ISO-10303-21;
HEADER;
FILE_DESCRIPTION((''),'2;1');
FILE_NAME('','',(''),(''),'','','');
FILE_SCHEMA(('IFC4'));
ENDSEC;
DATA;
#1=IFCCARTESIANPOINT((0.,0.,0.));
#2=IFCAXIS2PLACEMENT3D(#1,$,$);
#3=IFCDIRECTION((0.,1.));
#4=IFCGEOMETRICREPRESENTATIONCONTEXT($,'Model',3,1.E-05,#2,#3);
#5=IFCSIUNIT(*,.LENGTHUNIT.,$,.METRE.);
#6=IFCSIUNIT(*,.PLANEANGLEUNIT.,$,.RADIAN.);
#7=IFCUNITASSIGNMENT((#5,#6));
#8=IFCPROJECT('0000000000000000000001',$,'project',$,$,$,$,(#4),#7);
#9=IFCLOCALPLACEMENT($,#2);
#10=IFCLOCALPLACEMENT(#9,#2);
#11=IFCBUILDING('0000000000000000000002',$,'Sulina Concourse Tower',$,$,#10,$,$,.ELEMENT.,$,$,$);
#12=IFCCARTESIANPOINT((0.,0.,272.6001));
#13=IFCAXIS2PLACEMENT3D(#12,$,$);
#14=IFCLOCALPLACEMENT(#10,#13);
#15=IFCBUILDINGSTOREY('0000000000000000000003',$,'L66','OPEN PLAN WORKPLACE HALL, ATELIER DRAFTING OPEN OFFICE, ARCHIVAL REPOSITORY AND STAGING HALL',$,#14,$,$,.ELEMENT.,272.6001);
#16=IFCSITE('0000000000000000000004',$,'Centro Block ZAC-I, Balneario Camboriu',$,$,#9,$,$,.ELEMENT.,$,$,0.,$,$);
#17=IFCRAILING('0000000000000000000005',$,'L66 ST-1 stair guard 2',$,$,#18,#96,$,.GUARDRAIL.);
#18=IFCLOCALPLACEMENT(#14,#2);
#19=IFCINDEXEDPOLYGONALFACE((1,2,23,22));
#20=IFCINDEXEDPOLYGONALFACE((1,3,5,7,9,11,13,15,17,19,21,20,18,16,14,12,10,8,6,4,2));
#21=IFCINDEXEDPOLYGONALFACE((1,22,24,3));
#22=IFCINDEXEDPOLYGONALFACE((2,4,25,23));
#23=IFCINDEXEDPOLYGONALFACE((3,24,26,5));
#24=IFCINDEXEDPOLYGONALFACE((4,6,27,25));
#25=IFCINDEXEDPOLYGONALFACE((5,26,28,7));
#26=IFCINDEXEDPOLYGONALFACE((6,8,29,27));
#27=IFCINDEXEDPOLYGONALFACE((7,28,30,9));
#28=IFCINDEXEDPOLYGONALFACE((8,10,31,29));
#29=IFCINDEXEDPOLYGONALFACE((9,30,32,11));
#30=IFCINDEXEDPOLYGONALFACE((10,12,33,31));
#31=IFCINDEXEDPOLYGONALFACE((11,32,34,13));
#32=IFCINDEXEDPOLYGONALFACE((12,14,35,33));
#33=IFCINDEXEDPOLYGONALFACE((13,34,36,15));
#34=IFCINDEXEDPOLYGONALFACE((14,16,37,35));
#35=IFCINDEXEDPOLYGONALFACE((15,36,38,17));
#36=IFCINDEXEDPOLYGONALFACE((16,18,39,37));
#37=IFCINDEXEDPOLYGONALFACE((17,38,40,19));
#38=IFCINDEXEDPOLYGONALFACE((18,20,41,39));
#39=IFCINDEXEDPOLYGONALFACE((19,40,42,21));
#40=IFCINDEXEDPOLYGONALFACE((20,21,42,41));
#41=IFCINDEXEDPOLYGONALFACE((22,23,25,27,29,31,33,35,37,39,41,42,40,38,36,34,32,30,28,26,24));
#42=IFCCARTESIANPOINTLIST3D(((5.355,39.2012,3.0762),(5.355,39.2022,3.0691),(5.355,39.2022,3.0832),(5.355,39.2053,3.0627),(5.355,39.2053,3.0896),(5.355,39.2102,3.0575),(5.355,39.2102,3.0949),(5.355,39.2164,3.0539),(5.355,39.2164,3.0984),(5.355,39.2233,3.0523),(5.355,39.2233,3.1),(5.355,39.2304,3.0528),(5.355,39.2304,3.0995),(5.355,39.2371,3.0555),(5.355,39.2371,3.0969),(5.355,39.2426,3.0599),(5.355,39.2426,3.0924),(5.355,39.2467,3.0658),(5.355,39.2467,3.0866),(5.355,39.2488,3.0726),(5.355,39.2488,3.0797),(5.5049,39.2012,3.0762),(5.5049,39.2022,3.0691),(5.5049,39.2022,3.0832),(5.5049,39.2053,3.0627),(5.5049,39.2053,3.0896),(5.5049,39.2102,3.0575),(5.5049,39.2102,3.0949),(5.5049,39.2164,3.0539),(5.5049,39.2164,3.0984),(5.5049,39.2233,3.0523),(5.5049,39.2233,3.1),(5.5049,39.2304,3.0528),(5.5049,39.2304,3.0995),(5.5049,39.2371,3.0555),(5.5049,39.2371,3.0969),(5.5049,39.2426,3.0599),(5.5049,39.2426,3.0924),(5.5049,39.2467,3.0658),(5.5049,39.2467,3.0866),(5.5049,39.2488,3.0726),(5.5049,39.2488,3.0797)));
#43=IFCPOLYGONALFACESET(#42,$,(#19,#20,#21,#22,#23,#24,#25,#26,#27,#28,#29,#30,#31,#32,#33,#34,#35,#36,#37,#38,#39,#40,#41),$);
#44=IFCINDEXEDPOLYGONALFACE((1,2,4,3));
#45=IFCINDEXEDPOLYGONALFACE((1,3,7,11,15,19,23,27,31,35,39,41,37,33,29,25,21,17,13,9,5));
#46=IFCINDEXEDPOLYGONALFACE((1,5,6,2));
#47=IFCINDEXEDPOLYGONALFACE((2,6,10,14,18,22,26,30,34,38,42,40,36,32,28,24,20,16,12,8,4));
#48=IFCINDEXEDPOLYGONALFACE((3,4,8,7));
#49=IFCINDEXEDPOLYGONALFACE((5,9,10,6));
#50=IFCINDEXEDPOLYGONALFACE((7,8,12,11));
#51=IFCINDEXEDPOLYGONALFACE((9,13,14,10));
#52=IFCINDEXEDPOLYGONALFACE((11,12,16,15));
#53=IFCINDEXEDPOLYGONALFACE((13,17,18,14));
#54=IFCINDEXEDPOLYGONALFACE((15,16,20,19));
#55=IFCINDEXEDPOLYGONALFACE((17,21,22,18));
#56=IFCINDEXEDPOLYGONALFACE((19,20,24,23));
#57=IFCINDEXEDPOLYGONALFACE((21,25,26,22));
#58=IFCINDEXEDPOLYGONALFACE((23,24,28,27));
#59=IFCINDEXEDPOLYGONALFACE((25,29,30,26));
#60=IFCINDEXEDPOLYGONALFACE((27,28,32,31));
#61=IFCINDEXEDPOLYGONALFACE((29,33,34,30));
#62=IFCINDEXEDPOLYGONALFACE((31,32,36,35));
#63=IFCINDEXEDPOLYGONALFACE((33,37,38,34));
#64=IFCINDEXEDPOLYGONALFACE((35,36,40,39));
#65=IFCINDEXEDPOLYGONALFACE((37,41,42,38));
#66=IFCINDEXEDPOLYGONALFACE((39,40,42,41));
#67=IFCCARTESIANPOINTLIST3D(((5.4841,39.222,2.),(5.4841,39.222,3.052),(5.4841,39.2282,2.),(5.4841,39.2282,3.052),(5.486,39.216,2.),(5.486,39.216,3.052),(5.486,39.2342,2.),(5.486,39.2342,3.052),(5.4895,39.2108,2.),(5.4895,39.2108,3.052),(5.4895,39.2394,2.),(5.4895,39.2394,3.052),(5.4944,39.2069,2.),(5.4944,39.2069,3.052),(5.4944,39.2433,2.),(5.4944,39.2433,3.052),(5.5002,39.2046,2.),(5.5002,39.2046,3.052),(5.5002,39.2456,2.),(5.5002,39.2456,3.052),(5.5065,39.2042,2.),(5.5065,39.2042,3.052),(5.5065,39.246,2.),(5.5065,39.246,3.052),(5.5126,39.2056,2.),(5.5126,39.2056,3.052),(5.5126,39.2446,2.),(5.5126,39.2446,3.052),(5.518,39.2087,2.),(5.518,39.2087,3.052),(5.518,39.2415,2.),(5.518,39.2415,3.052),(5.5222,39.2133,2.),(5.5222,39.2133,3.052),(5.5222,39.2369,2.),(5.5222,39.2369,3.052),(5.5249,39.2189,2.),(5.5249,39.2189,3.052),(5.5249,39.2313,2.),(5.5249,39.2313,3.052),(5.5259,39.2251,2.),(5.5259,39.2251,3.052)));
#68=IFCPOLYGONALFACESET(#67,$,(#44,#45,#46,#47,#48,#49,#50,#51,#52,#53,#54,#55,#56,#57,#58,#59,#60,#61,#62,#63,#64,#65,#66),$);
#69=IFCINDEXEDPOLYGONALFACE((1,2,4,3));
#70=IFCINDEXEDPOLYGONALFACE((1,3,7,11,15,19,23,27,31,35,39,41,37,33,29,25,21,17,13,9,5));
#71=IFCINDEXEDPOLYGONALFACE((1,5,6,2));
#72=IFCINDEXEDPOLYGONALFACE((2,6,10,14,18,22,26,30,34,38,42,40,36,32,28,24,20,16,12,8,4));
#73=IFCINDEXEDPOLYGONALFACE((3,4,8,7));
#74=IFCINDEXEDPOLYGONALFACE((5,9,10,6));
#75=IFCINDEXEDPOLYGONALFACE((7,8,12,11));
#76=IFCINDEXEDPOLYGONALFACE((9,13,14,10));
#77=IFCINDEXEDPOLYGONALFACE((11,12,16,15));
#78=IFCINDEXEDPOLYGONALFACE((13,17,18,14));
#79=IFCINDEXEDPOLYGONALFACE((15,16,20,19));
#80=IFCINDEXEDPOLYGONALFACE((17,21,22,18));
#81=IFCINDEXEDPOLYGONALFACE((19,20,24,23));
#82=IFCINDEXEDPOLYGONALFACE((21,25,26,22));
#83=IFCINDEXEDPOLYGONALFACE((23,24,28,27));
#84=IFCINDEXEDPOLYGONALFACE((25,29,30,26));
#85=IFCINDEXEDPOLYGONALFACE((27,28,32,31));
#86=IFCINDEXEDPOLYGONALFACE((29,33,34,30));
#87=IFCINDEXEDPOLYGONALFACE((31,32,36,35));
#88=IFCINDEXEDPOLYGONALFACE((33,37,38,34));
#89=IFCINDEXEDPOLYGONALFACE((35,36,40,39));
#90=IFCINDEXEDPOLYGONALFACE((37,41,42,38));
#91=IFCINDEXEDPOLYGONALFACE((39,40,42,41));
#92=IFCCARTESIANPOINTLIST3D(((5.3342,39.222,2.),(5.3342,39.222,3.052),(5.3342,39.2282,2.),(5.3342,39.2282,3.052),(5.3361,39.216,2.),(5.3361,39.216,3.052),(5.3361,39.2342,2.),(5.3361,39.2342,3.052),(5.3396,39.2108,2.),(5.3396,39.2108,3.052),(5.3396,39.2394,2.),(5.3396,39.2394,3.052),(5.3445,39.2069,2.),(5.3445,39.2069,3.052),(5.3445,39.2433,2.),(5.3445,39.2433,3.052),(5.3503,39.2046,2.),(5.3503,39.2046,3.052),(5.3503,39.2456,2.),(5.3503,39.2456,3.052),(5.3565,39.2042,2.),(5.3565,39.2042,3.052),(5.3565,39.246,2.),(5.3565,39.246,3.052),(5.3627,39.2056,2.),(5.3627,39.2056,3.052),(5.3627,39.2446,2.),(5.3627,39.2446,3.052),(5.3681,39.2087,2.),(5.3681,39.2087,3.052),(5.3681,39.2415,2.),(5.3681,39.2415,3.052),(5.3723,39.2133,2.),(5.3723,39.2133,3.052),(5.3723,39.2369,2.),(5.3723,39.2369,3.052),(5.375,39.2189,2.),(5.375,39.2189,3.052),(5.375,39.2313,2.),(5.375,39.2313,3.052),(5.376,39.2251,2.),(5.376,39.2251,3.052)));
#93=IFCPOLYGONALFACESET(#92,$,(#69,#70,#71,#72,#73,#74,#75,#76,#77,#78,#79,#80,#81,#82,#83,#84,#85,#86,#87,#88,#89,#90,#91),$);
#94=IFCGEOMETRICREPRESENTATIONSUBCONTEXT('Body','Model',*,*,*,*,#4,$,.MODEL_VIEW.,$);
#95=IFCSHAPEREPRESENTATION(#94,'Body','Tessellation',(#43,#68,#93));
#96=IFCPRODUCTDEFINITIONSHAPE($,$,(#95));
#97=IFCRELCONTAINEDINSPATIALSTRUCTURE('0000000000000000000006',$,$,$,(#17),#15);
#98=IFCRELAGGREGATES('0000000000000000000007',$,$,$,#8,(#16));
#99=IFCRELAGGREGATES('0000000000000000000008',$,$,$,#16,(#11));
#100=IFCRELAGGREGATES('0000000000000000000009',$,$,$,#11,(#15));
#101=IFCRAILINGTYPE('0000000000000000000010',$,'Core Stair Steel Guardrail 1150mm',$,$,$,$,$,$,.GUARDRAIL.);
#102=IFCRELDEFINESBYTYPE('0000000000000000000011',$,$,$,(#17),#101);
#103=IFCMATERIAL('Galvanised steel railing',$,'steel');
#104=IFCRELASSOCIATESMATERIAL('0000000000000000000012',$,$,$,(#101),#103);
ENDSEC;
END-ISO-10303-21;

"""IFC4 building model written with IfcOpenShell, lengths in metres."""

from ifc_helpers import new_model, si_unit, direction, frame, origin, origin_2d, place, context, subcontext, project, spatial, circle, extrude, material, type_object, element, save


model = new_model("IFC4")

# Units and contexts
model_context = context("Model", 3, precision=1e-05, world=origin(), true_north=direction((0.0, 1.0)))
body_context = subcontext(model_context, "Body", "Model", "MODEL_VIEW")
ifc_project = project(units=[si_unit("LENGTHUNIT", "METRE"), si_unit("PLANEANGLEUNIT", "RADIAN")], contexts=[model_context])

# Site, building, storey
site_placement = place(None, origin())
site = spatial("IfcSite", under=ifc_project, at=site_placement, Name="Centro Block ZAC-I, Balneario Camboriu", CompositionType="ELEMENT", RefElevation=0.0)
building_placement = place(site_placement, origin())
building = spatial("IfcBuilding", under=site, at=building_placement, Name="Sulina Concourse Tower", CompositionType="ELEMENT")
storey_placement = place(building_placement, frame((0.0, 0.0, 272.6001)))
storey = spatial("IfcBuildingStorey", under=building, at=storey_placement, Name="L66", Description="OPEN PLAN WORKPLACE HALL, ATELIER DRAFTING OPEN OFFICE, ARCHIVAL REPOSITORY AND STAGING HALL", CompositionType="ELEMENT", Elevation=272.6001)

# Railing
ifc_material_1 = material(Name="Galvanised steel railing", Category="steel")
railing_type_1 = type_object("IfcRailingType", Name="Core Stair Steel Guardrail 1150mm", PredefinedType="GUARDRAIL", material=ifc_material_1)
railing_1_placement = place(storey_placement, frame((5.5049, 39.2251, 2.0)))
element("IfcRailing", 1, at=railing_1_placement, inside=storey, type_object=railing_type_1, Name="L66 ST-1 stair guard 2", PredefinedType="GUARDRAIL", context=body_context, shape_type="SweptSolid", body=[
    extrude(circle(Radius=0.0239, at=origin_2d()), frame((0.0, 0.0, 1.0762), z_axis=(-1.0, 0.0, 0.0), x_axis=(0.0, -1.0, 0.0)), (0.0, 0.0, 1.0), 0.1499),
    extrude(circle(Radius=0.021, at=origin_2d()), origin(), (0.0, 0.0, 1.0), 1.052),
    extrude(circle(Radius=0.021, at=origin_2d()), frame((-0.1499, 0.0, 0.0)), (0.0, 0.0, 1.0), 1.052),
])

save(model, "model.ifc")
